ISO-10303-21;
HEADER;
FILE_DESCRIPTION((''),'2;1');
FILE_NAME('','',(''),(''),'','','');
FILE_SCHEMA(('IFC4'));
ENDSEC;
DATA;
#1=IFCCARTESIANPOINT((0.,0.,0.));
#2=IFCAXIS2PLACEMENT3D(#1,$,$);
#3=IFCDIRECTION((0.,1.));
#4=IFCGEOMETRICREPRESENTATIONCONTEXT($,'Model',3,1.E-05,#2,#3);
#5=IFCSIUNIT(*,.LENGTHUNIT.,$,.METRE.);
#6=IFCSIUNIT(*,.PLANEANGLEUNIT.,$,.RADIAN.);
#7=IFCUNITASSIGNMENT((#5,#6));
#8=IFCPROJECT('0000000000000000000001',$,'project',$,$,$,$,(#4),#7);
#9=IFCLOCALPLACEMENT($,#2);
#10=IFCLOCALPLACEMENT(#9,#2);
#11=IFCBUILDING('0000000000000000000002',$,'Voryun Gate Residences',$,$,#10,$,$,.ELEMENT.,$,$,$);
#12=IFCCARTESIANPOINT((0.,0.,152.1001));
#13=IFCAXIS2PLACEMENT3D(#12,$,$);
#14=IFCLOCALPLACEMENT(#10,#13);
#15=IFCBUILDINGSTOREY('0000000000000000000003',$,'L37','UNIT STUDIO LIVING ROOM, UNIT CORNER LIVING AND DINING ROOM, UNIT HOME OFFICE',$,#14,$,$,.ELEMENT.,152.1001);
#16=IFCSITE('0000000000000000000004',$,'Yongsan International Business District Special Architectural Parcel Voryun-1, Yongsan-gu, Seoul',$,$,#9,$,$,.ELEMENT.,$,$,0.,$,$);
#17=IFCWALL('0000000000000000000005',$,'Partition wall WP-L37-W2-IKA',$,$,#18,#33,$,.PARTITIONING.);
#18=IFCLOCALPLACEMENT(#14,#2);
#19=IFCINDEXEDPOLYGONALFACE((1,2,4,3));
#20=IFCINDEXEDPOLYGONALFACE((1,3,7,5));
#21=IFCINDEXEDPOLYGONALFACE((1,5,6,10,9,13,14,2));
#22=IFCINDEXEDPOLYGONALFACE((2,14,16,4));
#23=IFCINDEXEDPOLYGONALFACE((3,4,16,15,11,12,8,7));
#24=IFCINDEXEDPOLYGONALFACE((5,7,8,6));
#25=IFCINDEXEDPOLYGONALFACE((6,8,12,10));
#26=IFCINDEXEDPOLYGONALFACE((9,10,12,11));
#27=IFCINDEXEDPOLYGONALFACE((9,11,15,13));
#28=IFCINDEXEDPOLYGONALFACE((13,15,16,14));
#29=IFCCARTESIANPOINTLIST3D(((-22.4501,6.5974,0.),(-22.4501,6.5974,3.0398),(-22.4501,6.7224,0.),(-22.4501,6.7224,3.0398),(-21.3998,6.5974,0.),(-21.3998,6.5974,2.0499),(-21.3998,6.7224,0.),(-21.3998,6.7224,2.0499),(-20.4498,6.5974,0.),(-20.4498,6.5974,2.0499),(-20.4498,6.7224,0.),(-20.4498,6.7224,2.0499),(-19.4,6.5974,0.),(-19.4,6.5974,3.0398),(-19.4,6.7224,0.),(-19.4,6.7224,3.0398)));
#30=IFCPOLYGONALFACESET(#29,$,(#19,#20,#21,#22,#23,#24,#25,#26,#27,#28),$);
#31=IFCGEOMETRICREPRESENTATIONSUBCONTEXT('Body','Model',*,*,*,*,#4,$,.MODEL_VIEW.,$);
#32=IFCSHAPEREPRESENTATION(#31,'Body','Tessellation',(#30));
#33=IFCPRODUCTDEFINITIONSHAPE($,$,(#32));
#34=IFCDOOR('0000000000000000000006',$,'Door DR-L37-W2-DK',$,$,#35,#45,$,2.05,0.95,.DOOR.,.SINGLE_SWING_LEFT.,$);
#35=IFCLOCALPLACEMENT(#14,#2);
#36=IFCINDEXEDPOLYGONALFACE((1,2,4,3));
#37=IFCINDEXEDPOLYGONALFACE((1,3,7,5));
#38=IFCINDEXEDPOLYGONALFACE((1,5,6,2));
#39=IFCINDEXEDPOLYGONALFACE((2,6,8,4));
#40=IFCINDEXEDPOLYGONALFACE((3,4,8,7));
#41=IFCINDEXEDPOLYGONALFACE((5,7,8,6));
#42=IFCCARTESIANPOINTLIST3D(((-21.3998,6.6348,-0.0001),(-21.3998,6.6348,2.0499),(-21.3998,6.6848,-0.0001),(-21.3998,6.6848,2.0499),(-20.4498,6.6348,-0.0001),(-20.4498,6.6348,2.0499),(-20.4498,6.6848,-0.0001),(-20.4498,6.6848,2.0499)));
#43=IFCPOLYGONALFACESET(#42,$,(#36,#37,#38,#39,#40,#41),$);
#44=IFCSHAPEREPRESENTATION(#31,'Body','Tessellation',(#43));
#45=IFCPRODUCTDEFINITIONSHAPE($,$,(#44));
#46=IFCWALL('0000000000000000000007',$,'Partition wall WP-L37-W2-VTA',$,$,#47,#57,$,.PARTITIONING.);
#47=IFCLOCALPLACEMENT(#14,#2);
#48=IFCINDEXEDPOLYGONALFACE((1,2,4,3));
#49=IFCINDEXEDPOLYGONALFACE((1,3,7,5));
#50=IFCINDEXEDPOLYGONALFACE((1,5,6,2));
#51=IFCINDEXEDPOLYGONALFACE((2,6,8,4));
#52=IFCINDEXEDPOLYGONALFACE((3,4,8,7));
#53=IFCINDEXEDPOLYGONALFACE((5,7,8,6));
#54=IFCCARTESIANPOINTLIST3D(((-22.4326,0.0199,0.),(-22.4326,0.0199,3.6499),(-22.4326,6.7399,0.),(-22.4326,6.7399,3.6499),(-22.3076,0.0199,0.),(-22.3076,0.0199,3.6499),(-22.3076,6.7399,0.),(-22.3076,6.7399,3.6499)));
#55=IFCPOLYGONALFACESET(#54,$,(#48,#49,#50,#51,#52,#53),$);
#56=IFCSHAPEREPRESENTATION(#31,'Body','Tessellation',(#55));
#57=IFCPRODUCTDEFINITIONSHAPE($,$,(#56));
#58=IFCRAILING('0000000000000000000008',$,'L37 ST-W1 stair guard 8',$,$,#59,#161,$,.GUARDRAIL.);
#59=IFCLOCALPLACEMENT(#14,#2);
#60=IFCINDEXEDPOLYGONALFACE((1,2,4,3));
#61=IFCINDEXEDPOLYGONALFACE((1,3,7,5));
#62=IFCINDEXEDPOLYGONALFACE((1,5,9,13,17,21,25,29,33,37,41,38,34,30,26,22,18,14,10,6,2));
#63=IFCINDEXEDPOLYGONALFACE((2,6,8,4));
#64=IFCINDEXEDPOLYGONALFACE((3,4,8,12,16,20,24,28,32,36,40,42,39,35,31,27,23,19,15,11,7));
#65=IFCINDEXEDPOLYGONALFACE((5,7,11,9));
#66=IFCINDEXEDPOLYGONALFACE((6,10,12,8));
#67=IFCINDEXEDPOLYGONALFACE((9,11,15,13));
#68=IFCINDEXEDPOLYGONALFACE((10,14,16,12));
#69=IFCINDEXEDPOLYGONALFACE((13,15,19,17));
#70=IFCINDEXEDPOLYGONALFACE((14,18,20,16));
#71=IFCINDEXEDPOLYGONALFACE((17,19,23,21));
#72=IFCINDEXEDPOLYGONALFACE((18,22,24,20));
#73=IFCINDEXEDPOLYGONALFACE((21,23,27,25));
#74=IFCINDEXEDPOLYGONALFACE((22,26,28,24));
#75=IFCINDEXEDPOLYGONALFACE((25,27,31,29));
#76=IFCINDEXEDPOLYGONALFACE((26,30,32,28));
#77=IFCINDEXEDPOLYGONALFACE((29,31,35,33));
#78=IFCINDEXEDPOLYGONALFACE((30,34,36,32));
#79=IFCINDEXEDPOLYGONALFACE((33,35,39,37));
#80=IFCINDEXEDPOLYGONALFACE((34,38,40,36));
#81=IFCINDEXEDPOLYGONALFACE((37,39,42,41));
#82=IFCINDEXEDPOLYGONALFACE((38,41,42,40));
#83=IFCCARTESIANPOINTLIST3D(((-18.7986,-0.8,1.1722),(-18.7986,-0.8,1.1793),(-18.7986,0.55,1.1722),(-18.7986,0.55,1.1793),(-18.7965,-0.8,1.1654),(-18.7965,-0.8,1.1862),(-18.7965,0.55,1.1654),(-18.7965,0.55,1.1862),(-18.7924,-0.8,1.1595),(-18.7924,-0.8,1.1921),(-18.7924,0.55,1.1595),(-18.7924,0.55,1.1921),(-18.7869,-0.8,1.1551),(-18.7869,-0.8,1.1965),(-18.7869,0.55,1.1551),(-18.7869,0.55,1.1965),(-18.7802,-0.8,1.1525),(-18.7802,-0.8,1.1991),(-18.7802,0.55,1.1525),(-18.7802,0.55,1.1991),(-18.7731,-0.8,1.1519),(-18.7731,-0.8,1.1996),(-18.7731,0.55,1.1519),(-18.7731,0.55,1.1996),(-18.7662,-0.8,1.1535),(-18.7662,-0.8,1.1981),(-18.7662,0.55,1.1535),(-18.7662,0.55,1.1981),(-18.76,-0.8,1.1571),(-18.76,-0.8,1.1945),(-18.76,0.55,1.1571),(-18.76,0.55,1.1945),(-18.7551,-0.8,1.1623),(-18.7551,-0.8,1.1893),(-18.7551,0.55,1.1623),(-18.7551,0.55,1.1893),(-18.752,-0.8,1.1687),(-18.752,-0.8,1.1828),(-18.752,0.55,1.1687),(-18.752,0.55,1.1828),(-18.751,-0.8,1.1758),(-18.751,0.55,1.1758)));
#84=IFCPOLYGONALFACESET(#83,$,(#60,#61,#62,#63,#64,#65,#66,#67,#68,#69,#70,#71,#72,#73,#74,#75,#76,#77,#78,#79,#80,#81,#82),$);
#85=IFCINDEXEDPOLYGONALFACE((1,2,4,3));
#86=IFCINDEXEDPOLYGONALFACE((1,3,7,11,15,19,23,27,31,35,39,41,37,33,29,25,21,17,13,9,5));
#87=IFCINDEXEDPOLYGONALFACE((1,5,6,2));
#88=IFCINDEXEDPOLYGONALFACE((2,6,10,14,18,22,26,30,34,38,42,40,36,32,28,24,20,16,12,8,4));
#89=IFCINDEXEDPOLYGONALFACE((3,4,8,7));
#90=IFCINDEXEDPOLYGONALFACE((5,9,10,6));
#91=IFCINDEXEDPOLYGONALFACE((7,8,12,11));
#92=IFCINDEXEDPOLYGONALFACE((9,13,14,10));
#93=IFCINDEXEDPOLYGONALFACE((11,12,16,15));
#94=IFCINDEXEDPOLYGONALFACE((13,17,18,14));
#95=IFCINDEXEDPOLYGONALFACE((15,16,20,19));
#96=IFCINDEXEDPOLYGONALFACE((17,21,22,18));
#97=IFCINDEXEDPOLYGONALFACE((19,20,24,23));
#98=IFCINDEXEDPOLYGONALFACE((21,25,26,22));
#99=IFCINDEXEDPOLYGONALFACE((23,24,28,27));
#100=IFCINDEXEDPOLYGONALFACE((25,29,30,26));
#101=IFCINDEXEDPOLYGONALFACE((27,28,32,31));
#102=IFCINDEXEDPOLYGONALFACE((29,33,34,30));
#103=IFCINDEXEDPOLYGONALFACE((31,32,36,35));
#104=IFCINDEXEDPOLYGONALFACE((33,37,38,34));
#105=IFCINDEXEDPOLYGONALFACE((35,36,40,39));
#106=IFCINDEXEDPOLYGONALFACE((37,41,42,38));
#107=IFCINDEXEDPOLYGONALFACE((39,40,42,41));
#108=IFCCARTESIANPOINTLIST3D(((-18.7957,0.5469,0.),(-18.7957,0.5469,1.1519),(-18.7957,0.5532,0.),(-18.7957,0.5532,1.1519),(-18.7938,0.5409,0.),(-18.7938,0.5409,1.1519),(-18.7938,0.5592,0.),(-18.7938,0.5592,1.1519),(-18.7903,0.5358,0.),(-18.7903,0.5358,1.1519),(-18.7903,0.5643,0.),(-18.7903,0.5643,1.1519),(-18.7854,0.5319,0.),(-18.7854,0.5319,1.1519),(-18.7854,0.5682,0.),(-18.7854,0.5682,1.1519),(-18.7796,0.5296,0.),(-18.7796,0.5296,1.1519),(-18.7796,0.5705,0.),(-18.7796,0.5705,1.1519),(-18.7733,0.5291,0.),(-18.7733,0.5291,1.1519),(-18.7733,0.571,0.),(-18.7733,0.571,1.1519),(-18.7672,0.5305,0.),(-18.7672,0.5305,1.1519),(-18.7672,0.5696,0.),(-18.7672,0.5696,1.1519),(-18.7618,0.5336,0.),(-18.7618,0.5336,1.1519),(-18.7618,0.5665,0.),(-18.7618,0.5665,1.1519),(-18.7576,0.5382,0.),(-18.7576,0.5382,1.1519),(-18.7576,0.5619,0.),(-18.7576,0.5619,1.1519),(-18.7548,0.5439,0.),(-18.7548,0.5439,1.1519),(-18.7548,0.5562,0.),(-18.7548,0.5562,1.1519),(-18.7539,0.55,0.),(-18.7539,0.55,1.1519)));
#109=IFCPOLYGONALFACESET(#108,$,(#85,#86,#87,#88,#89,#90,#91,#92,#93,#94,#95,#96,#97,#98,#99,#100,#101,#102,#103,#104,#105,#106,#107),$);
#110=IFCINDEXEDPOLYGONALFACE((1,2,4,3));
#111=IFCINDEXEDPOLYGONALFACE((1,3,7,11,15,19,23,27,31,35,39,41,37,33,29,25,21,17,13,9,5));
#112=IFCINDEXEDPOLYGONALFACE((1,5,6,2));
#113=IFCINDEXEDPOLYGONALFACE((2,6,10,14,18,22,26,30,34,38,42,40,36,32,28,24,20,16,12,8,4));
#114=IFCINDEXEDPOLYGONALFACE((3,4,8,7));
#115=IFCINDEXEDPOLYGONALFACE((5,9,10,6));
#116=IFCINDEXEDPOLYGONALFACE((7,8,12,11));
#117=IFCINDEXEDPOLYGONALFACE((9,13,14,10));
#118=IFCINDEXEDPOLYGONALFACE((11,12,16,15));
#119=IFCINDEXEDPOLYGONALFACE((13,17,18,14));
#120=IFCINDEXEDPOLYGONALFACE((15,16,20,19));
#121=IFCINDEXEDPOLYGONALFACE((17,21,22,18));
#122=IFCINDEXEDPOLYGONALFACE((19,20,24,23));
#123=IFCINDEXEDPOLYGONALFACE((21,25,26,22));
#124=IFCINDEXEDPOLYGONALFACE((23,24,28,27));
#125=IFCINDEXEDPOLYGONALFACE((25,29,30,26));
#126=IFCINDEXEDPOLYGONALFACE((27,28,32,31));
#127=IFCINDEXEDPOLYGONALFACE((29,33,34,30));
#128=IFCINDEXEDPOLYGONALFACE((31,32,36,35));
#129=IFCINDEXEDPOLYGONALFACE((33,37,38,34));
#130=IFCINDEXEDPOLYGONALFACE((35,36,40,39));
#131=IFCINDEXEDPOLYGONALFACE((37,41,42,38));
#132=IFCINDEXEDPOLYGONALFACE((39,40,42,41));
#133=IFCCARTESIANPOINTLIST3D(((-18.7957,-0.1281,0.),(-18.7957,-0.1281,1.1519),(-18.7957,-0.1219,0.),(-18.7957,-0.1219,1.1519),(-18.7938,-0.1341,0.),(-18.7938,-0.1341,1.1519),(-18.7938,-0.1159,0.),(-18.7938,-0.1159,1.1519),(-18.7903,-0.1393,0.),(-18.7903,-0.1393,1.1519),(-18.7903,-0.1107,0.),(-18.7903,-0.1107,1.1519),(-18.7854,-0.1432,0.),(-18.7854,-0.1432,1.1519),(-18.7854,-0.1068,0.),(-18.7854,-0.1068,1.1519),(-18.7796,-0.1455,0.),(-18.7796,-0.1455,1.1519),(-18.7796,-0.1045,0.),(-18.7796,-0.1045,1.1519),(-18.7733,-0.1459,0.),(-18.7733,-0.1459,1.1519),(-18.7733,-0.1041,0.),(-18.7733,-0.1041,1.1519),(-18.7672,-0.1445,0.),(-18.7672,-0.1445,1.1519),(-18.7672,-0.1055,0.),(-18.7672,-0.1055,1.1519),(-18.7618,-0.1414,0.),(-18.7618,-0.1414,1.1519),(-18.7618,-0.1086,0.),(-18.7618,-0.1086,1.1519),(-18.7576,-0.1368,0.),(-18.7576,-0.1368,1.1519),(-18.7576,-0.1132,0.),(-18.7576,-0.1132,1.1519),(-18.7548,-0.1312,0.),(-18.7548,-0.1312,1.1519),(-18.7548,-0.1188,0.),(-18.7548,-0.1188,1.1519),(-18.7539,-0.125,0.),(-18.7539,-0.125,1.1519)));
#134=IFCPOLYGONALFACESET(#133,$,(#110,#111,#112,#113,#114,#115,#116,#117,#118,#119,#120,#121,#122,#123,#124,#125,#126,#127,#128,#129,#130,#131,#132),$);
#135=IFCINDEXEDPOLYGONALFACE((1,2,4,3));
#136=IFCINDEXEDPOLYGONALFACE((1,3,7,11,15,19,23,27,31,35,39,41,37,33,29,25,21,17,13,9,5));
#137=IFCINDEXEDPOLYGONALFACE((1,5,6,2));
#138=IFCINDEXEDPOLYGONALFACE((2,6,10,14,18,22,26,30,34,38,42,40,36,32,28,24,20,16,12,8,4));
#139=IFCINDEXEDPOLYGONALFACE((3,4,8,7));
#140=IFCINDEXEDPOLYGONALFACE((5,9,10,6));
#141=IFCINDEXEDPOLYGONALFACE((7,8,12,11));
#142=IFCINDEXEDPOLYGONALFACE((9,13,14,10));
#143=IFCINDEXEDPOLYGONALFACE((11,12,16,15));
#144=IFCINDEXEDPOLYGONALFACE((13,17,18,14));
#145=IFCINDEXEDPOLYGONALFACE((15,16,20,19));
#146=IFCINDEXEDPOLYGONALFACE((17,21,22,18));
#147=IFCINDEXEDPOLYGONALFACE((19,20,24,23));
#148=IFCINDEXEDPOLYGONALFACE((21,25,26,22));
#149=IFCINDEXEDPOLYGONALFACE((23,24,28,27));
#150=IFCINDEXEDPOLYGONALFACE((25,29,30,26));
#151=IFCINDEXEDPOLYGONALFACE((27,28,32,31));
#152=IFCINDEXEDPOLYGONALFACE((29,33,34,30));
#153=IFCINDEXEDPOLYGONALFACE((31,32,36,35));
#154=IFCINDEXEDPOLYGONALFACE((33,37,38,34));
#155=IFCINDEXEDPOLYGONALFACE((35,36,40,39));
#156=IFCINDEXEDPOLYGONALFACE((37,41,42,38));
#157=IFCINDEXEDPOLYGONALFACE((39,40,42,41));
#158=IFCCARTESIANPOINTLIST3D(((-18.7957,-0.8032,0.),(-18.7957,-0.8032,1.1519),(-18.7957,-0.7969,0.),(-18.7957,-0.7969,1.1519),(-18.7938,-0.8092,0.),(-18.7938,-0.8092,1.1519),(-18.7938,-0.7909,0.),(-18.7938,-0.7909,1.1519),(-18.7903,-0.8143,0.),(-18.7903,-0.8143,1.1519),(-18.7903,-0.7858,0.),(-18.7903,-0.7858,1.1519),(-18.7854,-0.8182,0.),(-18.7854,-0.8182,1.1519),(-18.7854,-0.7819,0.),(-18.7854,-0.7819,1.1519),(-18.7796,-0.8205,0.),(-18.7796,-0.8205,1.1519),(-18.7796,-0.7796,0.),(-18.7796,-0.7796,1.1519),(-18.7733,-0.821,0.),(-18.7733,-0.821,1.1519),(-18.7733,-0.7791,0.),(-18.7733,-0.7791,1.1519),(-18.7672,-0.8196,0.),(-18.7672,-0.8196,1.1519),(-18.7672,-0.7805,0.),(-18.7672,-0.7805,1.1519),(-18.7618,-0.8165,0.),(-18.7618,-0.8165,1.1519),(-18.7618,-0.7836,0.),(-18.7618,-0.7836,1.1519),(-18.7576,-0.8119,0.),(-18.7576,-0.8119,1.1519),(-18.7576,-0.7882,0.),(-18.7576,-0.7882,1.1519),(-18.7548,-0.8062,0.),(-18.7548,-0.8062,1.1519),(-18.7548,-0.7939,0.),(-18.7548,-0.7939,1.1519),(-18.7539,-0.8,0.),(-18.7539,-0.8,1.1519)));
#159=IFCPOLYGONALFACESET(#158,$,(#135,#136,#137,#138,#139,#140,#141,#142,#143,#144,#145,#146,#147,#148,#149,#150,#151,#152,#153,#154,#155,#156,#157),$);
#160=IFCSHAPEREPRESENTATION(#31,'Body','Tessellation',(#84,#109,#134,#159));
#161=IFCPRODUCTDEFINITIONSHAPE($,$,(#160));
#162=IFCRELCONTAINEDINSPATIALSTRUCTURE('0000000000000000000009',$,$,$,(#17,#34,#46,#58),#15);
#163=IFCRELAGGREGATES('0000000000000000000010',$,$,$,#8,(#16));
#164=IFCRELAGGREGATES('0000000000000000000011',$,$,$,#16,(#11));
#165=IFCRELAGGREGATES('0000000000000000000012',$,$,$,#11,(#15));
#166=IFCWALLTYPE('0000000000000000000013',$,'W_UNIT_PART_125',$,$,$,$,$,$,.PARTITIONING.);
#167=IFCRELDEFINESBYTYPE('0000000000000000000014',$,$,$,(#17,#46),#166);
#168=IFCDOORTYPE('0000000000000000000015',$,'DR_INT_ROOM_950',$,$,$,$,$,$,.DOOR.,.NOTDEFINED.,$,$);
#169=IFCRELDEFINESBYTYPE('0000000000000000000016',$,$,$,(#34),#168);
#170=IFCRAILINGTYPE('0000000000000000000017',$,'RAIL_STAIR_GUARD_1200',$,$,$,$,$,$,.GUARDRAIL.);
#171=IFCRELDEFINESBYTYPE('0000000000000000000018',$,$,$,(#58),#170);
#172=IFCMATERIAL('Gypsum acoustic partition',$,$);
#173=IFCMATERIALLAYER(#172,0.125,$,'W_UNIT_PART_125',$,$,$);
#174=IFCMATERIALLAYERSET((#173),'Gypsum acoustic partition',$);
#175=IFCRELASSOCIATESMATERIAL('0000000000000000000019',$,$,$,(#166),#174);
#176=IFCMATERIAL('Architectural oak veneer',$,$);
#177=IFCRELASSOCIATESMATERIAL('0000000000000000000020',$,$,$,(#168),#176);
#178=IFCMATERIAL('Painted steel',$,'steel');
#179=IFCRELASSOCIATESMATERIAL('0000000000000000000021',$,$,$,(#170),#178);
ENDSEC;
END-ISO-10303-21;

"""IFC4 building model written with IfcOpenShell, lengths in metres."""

from ifc_helpers import new_model, si_unit, direction, frame, frame_2d, origin, origin_2d, place, context, subcontext, project, spatial, rectangle, circle, extrude, material, layer, layer_set, type_object, element, fill, save


model = new_model("IFC4")

# Units and contexts
model_context = context("Model", 3, precision=1e-05, world=origin(), true_north=direction((0.0, 1.0)))
body_context = subcontext(model_context, "Body", "Model", "MODEL_VIEW")
ifc_project = project(units=[si_unit("LENGTHUNIT", "METRE"), si_unit("PLANEANGLEUNIT", "RADIAN")], contexts=[model_context])

# Site, building, storey
site_placement = place(None, origin())
site = spatial("IfcSite", under=ifc_project, at=site_placement, Name="Yongsan International Business District Special Architectural Parcel Voryun-1, Yongsan-gu, Seoul", CompositionType="ELEMENT", RefElevation=0.0)
building_placement = place(site_placement, origin())
building = spatial("IfcBuilding", under=site, at=building_placement, Name="Voryun Gate Residences", CompositionType="ELEMENT")
storey_placement = place(building_placement, frame((0.0, 0.0, 152.1001)))
storey = spatial("IfcBuildingStorey", under=building, at=storey_placement, Name="L37", Description="UNIT STUDIO LIVING ROOM, UNIT CORNER LIVING AND DINING ROOM, UNIT HOME OFFICE", CompositionType="ELEMENT", Elevation=152.1001)

# Shared definitions
ifc_material_1 = material(Name="Gypsum acoustic partition")
ifc_layer_1 = layer(ifc_material_1, 0.125, Name="W_UNIT_PART_125")
ifc_layer_set_1 = layer_set([ifc_layer_1], Name="Gypsum acoustic partition")
wall_type_1 = type_object("IfcWallType", Name="W_UNIT_PART_125", PredefinedType="PARTITIONING", material=ifc_layer_set_1)

# Wall, opening, door
wall_1_placement = place(storey_placement, frame((-22.45, 6.6599, 0.0), z_axis=(0.0, 0.0, 1.0), x_axis=(1.0, 0.0, 0.0)))
wall_1 = element("IfcWall", 1, at=wall_1_placement, inside=storey, type_object=wall_type_1, Name="Partition wall WP-L37-W2-IKA", PredefinedType="PARTITIONING", context=body_context, shape_type="SweptSolid", body=[
    extrude(rectangle(XDim=3.05, YDim=0.125, at=frame_2d((1.5249, 0.0))), origin(), (0.0, 0.0, 1.0), 3.0398),
])
opening_1_placement = place(wall_1_placement, frame((1.05, 0.0, 0.0)))
opening_1 = element("IfcOpeningElement", 2, at=opening_1_placement, cuts=wall_1, PredefinedType="OPENING", context=body_context, shape_type="SweptSolid", body=[
    extrude(rectangle(XDim=0.95, YDim=2.05, at=frame_2d((0.4751, 1.0249))), frame((0.0, 0.0725, 0.0), z_axis=(0.0, -1.0, 0.0), x_axis=(1.0, 0.0, 0.0)), (0.0, 0.0, 1.0), 0.145),
])
ifc_material_2 = material(Name="Architectural oak veneer")
door_type_1 = type_object("IfcDoorType", Name="DR_INT_ROOM_950", OperationType="NOTDEFINED", PredefinedType="DOOR", material=ifc_material_2)
door_1_placement = place(opening_1_placement, origin())
door_1 = element("IfcDoor", 3, at=door_1_placement, inside=storey, type_object=door_type_1, Name="Door DR-L37-W2-DK", OperationType="SINGLE_SWING_LEFT", OverallHeight=2.05, OverallWidth=0.95, PredefinedType="DOOR", context=body_context, shape_type="SweptSolid", body=[
    extrude(rectangle(XDim=0.95, YDim=2.05, at=frame_2d((0.4751, 1.0249))), frame((0.0, 0.0249, 0.0), z_axis=(0.0, -1.0, 0.0), x_axis=(1.0, 0.0, 0.0)), (0.0, 0.0, 1.0), 0.05),
])
fill(opening_1, door_1)

# Wall
wall_2_placement = place(storey_placement, frame((-22.3701, 0.02, 0.0), z_axis=(0.0, 0.0, 1.0), x_axis=(0.0, 1.0, 0.0)))
element("IfcWall", 4, at=wall_2_placement, inside=storey, type_object=wall_type_1, Name="Partition wall WP-L37-W2-VTA", PredefinedType="PARTITIONING", context=body_context, shape_type="SweptSolid", body=[
    extrude(rectangle(XDim=6.72, YDim=0.125, at=frame_2d((3.3599, 0.0))), origin(), (0.0, 0.0, 1.0), 3.6499),
])

# Railing
ifc_material_3 = material(Name="Painted steel", Category="steel")
railing_type = type_object("IfcRailingType", Name="RAIL_STAIR_GUARD_1200", PredefinedType="GUARDRAIL", material=ifc_material_3)
railing_1_placement = place(storey_placement, frame((-18.7749, 0.55, 0.0)))
element("IfcRailing", 5, at=railing_1_placement, inside=storey, type_object=railing_type, Name="L37 ST-W1 stair guard 8", PredefinedType="GUARDRAIL", context=body_context, shape_type="SweptSolid", body=[
    extrude(circle(Radius=0.0239, at=origin_2d()), frame((0.0, 0.0, 1.1758), z_axis=(0.0, -1.0, 0.0), x_axis=(1.0, 0.0, 0.0)), (0.0, 0.0, 1.0), 1.3501),
    extrude(circle(Radius=0.021, at=origin_2d()), origin(), (0.0, 0.0, 1.0), 1.1519),
    extrude(circle(Radius=0.021, at=origin_2d()), frame((0.0, -0.675, 0.0)), (0.0, 0.0, 1.0), 1.1519),
    extrude(circle(Radius=0.021, at=origin_2d()), frame((0.0, -1.3501, 0.0)), (0.0, 0.0, 1.0), 1.1519),
])

save(model, "model.ifc")
